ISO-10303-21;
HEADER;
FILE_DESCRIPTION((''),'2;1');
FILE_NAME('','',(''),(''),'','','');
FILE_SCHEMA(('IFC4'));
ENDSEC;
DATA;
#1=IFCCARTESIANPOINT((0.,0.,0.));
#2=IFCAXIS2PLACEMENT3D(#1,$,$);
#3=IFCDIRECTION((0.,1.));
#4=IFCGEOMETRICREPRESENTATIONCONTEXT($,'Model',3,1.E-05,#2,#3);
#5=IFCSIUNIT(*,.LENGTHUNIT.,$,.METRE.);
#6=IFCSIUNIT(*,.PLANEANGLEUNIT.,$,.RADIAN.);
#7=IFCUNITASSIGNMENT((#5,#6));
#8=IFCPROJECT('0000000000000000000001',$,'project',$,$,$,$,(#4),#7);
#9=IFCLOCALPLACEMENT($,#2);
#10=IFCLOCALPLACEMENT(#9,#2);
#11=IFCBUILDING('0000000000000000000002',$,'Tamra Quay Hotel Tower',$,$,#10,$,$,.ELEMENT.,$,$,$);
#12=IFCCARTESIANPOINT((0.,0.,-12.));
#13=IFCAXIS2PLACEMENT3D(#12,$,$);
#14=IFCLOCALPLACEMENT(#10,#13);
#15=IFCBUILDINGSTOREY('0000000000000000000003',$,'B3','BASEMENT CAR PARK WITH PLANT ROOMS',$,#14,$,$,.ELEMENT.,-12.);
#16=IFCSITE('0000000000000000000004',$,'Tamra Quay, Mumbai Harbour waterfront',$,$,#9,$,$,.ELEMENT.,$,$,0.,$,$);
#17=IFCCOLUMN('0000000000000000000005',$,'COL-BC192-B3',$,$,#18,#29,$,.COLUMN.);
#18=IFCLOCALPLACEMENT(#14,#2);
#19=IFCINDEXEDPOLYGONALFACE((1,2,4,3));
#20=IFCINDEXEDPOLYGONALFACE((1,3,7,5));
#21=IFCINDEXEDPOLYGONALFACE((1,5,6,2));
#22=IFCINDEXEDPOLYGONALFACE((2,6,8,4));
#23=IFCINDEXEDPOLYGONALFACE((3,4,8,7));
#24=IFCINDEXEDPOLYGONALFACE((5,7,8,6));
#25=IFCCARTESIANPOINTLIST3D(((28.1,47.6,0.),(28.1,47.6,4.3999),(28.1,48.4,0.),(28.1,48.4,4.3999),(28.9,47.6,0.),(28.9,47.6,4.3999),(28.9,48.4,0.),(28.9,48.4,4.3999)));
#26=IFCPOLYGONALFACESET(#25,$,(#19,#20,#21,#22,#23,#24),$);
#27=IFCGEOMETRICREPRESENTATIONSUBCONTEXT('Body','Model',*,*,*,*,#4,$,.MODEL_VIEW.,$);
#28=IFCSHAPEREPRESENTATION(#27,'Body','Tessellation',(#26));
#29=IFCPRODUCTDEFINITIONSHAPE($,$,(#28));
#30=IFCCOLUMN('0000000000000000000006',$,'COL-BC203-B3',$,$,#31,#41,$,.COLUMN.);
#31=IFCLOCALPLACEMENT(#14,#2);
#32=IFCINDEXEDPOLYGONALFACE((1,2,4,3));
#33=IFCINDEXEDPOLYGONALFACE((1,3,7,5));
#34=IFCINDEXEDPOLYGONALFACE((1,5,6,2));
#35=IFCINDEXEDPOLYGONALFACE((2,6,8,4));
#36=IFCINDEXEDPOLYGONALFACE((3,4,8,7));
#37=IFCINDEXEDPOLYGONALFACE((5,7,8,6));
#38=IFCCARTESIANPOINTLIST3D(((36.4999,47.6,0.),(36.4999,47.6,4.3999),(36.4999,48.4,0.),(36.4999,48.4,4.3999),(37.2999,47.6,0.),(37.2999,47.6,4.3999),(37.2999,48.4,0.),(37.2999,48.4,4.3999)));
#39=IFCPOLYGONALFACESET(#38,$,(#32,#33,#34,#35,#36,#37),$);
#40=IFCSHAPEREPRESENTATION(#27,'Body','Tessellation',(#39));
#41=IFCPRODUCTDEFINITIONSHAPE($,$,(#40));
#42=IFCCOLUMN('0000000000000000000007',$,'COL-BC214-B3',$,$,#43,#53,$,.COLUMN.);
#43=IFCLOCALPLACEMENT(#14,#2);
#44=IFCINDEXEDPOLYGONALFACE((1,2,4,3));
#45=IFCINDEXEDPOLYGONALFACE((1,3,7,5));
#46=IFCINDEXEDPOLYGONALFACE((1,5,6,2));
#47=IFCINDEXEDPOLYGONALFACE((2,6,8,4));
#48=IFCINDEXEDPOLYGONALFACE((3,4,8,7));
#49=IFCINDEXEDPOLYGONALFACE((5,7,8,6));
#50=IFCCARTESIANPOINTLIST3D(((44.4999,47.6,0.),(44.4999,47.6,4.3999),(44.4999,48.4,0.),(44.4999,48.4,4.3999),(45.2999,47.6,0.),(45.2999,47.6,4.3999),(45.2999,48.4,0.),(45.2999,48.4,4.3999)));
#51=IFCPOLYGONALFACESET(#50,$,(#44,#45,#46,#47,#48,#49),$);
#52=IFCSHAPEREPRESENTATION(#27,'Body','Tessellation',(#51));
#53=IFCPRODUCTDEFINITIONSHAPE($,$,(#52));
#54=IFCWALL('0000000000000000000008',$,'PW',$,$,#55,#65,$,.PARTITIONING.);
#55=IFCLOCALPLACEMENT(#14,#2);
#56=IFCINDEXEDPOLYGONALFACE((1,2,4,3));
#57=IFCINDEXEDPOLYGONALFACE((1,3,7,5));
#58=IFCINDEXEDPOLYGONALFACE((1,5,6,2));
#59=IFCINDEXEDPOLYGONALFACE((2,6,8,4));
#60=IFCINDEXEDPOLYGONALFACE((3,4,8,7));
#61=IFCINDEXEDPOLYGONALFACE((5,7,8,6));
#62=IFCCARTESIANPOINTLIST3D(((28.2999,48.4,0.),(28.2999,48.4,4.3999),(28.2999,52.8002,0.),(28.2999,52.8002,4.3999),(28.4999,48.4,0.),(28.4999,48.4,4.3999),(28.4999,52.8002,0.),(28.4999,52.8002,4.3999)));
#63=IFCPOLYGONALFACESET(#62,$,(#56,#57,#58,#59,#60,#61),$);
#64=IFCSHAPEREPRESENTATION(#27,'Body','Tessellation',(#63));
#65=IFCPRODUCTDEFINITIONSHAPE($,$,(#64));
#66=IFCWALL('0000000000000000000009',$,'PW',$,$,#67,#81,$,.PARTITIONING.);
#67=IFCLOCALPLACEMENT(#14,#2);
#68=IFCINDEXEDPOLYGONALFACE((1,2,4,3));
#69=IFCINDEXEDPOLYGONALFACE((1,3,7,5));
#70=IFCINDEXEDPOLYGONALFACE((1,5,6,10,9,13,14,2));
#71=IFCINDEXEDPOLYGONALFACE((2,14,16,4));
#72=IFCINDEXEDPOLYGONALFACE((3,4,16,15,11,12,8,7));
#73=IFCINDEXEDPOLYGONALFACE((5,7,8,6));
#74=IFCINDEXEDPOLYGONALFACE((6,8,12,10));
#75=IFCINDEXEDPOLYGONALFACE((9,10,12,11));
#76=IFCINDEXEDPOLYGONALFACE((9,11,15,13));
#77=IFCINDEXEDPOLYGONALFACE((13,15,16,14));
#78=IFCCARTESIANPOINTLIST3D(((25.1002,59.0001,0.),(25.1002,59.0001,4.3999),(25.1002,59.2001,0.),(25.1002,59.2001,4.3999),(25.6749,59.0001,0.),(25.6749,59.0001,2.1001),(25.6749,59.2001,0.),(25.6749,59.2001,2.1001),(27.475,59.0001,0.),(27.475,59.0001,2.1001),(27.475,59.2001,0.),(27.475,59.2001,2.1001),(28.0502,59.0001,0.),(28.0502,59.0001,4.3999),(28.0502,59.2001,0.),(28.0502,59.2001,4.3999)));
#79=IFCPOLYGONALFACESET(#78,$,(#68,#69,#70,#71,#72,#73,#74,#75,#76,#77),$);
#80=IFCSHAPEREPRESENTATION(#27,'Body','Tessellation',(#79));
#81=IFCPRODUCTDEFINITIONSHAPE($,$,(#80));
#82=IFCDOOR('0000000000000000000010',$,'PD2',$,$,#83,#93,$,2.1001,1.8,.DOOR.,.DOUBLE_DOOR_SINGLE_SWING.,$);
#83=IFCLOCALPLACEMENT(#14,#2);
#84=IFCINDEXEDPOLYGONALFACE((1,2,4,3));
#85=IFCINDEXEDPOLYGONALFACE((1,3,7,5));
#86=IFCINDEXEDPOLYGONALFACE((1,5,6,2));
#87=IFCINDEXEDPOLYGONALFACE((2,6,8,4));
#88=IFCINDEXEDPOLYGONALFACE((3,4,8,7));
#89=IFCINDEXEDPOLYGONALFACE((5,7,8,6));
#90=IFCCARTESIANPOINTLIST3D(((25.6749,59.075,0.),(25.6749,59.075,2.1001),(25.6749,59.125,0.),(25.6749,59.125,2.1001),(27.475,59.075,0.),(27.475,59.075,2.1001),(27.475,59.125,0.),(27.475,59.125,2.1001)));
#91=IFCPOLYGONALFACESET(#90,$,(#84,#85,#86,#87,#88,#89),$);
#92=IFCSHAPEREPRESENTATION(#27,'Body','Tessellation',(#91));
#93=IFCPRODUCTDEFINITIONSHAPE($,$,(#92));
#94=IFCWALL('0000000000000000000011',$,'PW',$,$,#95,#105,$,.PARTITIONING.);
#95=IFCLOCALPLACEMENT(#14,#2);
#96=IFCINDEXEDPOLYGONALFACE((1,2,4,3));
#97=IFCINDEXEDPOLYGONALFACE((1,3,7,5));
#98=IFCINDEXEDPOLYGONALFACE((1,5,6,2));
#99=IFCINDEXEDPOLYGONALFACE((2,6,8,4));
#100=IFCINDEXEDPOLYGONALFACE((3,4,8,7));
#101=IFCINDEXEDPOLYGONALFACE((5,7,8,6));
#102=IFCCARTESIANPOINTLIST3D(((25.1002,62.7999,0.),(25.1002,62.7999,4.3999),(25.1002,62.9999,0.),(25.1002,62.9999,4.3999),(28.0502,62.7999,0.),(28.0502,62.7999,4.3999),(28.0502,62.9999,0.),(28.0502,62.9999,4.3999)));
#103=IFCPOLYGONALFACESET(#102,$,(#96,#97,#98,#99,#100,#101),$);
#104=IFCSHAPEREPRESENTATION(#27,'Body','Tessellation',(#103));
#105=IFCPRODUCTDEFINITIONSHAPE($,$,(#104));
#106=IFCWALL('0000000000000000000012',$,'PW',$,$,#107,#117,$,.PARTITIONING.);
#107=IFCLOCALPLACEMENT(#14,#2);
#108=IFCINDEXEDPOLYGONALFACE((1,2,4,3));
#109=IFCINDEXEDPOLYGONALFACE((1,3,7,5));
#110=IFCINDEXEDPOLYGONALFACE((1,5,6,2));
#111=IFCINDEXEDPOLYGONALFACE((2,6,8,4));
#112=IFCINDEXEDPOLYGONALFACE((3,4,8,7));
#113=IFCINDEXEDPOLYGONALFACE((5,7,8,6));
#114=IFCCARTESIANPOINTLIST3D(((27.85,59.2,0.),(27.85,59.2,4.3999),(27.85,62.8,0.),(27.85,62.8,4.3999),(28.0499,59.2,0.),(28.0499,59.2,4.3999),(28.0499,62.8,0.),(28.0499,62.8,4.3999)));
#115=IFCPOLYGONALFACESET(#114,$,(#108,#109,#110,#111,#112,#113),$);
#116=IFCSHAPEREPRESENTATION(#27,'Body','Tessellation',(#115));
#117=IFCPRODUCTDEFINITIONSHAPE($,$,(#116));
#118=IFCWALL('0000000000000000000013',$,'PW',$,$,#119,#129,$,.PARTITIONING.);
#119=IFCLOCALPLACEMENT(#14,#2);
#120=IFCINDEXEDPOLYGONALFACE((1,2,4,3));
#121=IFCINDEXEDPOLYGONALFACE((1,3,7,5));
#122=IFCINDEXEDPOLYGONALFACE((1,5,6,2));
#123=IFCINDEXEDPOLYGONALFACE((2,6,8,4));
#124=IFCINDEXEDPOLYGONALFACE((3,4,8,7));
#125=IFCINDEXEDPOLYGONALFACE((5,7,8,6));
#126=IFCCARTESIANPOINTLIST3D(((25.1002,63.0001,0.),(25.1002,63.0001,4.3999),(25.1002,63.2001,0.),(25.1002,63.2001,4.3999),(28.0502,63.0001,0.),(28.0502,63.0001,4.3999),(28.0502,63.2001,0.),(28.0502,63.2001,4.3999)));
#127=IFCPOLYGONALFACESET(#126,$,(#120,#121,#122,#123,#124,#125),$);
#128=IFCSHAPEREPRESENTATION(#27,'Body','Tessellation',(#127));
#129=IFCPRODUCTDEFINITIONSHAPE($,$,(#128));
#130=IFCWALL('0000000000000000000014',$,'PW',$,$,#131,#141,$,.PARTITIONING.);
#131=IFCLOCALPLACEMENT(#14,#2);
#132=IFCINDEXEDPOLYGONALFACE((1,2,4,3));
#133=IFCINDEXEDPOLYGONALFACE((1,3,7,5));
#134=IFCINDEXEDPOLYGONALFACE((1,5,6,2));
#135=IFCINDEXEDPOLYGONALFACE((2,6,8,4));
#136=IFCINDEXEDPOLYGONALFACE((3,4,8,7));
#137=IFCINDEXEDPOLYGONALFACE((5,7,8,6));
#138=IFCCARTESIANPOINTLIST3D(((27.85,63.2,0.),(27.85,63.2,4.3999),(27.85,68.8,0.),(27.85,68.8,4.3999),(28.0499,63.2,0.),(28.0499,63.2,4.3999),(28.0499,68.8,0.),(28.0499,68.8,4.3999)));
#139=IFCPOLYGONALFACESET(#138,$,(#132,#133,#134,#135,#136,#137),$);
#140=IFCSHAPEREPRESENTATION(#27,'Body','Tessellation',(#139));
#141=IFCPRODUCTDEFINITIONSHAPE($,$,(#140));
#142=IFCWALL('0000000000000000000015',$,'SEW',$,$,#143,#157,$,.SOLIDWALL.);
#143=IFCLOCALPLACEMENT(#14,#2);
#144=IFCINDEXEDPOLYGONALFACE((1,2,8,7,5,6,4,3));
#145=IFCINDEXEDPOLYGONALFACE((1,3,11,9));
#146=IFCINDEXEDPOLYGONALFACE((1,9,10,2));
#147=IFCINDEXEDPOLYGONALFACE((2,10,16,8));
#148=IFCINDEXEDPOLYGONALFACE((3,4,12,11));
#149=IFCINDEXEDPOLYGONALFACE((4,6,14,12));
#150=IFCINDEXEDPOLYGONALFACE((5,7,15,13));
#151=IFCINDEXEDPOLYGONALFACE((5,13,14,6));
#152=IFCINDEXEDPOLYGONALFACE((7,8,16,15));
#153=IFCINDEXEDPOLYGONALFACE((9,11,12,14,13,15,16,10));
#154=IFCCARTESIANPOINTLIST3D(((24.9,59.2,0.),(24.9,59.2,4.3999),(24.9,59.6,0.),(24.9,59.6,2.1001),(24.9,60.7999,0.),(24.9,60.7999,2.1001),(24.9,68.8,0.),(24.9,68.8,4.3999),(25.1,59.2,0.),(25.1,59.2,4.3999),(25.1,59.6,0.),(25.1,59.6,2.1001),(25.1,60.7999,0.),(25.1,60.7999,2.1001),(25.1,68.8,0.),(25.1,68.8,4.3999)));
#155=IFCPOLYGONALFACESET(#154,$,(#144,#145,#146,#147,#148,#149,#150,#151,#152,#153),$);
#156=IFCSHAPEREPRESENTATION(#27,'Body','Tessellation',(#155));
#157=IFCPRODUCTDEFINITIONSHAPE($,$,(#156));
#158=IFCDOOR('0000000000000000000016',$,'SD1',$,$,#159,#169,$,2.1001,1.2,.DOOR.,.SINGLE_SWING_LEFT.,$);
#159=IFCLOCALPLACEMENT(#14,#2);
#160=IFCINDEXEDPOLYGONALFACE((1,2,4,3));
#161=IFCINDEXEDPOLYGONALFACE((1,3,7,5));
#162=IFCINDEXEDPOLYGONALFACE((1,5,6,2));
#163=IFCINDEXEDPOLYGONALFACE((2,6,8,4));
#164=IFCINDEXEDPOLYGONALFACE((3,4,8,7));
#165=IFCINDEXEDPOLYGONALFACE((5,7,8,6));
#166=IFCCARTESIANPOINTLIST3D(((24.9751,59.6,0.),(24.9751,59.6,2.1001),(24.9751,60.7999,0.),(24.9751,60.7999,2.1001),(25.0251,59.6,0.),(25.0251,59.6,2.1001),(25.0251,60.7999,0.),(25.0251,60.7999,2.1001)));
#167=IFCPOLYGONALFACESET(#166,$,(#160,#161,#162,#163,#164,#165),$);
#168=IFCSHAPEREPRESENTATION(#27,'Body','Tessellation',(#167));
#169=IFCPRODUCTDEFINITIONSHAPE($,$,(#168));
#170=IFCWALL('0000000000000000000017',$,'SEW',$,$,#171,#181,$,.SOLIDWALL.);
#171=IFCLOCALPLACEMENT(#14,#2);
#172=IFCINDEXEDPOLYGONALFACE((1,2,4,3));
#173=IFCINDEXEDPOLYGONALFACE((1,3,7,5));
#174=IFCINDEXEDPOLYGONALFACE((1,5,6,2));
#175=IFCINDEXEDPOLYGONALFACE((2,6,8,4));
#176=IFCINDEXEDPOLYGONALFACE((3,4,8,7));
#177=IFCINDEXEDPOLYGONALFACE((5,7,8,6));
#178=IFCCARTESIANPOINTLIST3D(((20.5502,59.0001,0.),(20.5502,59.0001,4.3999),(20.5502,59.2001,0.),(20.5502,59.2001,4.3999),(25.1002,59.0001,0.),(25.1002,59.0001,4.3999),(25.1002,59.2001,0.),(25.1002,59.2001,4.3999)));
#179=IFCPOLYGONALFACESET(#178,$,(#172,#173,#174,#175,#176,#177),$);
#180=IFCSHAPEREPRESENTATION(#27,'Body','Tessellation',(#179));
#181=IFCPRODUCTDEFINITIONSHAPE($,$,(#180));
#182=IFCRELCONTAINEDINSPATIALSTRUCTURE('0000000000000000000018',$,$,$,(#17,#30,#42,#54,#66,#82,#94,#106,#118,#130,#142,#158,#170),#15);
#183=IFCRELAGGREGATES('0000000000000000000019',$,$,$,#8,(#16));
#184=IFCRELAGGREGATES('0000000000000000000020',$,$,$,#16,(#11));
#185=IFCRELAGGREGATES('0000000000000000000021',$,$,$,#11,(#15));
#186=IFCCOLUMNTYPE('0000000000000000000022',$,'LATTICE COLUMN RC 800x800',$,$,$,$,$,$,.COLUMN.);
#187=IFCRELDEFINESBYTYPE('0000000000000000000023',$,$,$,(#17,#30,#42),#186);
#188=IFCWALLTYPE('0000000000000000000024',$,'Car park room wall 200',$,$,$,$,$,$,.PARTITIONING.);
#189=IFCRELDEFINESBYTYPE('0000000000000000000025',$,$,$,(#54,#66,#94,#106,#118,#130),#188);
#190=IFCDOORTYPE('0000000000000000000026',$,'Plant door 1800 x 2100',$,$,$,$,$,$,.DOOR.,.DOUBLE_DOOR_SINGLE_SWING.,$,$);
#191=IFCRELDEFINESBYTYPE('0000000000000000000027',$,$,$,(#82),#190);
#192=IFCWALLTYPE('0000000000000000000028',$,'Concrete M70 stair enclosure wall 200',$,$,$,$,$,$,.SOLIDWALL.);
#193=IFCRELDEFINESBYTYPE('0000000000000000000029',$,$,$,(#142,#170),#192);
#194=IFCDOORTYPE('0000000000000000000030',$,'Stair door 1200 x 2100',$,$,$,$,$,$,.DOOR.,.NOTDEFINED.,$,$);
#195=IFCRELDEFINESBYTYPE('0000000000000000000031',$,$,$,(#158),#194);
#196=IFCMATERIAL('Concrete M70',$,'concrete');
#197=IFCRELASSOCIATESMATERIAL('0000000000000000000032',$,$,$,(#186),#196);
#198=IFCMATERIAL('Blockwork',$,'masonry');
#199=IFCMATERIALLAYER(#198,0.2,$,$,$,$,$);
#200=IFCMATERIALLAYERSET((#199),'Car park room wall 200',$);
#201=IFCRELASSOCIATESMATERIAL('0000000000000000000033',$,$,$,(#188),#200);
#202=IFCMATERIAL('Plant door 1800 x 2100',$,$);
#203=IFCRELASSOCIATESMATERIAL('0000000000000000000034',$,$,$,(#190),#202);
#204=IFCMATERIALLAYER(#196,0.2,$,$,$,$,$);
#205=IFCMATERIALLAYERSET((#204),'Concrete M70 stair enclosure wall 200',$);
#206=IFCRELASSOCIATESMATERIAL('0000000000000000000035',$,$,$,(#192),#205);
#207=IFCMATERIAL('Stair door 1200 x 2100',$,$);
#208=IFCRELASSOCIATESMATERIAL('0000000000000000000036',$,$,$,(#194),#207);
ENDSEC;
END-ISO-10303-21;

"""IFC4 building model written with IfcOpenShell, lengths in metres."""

from ifc_helpers import new_model, si_unit, direction, frame, frame_2d, origin, origin_2d, place, context, subcontext, project, spatial, rectangle, extrude, material, layer, layer_set, material_profile, profile_set, type_object, element, fill, save


model = new_model("IFC4")

# Units and contexts
model_context = context("Model", 3, precision=1e-05, world=origin(), true_north=direction((0.0, 1.0)))
body_context = subcontext(model_context, "Body", "Model", "MODEL_VIEW")
ifc_project = project(units=[si_unit("LENGTHUNIT", "METRE"), si_unit("PLANEANGLEUNIT", "RADIAN")], contexts=[model_context])

# Site, building, storey
site_placement = place(None, origin())
site = spatial("IfcSite", under=ifc_project, at=site_placement, Name="Tamra Quay, Mumbai Harbour waterfront", CompositionType="ELEMENT", RefElevation=0.0)
building_placement = place(site_placement, origin())
building = spatial("IfcBuilding", under=site, at=building_placement, Name="Tamra Quay Hotel Tower", CompositionType="ELEMENT")
storey_placement = place(building_placement, frame((0.0, 0.0, -12.0)))
storey = spatial("IfcBuildingStorey", under=building, at=storey_placement, Name="B3", Description="BASEMENT CAR PARK WITH PLANT ROOMS", CompositionType="ELEMENT", Elevation=-12.0)

# Columns
ifc_material_1 = material(Name="Concrete M70", Category="concrete")
ifc_material_profile_1 = material_profile(ifc_material_1, rectangle(XDim=0.8, YDim=0.8, at=origin_2d()), Name="LATTICE COLUMN RC 800x800")
ifc_profile_set_1 = profile_set([ifc_material_profile_1], Name="Concrete M70")
column_type = type_object("IfcColumnType", Name="LATTICE COLUMN RC 800x800", PredefinedType="COLUMN", material=ifc_profile_set_1)
for number, where, z_axis, x_axis, name in (
    (1, (28.5, 48.0, 0.0), (0.0, 0.0, 1.0), (1.0, 0.0, 0.0), "COL-BC192-B3"),
    (2, (36.8999, 48.0, 0.0), (0.0, 0.0, 1.0), (1.0, 0.0, 0.0), "COL-BC203-B3"),
    (3, (44.8999, 48.0, 0.0), (0.0, 0.0, 1.0), (1.0, 0.0, 0.0), "COL-BC214-B3"),
):
    element("IfcColumn", number, at=place(storey_placement, frame(where, z_axis=z_axis, x_axis=x_axis)), inside=storey, type_object=column_type, Name=name, PredefinedType="COLUMN", context=body_context, shape_type="SweptSolid", body=[
        extrude(rectangle(XDim=0.8, YDim=0.8, at=origin_2d()), origin(), (0.0, 0.0, 1.0), 4.3999),
    ])

# Wall
ifc_material_2 = material(Name="Blockwork", Category="masonry")
ifc_layer_1 = layer(ifc_material_2, 0.2)
ifc_layer_set_1 = layer_set([ifc_layer_1], Name="Car park room wall 200")
wall_type_1 = type_object("IfcWallType", Name="Car park room wall 200", PredefinedType="PARTITIONING", material=ifc_layer_set_1)
wall_1_placement = place(storey_placement, frame((28.3999, 48.3999, 0.0), z_axis=(0.0, 0.0, 1.0), x_axis=(0.0, 1.0, 0.0)))
element("IfcWall", 4, at=wall_1_placement, inside=storey, type_object=wall_type_1, Name="PW", PredefinedType="PARTITIONING", context=body_context, shape_type="SweptSolid", body=[
    extrude(rectangle(XDim=4.4001, YDim=0.2, at=frame_2d((2.2002, 0.0))), origin(), (0.0, 0.0, 1.0), 4.3999),
])

# Wall, opening, door
wall_2_placement = place(storey_placement, frame((25.1001, 59.1001, 0.0), z_axis=(0.0, 0.0, 1.0), x_axis=(1.0, 0.0, 0.0)))
wall_2 = element("IfcWall", 5, at=wall_2_placement, inside=storey, type_object=wall_type_1, Name="PW", PredefinedType="PARTITIONING", context=body_context, shape_type="SweptSolid", body=[
    extrude(rectangle(XDim=2.95, YDim=0.2, at=frame_2d((1.4751, 0.0))), origin(), (0.0, 0.0, 1.0), 4.3999),
])
opening_1_placement = place(wall_2_placement, frame((0.575, 0.0, 0.0)))
opening_1 = element("IfcOpeningElement", 6, at=opening_1_placement, cuts=wall_2, PredefinedType="OPENING", context=body_context, shape_type="SweptSolid", body=[
    extrude(rectangle(XDim=1.8, YDim=2.1001, at=frame_2d((0.8999, 1.05))), frame((0.0, 0.1099, 0.0), z_axis=(0.0, -1.0, 0.0), x_axis=(1.0, 0.0, 0.0)), (0.0, 0.0, 1.0), 0.22),
])
ifc_material_3 = material(Name="Plant door 1800 x 2100")
door_type_1 = type_object("IfcDoorType", Name="Plant door 1800 x 2100", OperationType="DOUBLE_DOOR_SINGLE_SWING", PredefinedType="DOOR", material=ifc_material_3)
door_1_placement = place(opening_1_placement, origin())
door_1 = element("IfcDoor", 7, at=door_1_placement, inside=storey, type_object=door_type_1, Name="PD2", OperationType="DOUBLE_DOOR_SINGLE_SWING", OverallHeight=2.1001, OverallWidth=1.8, PredefinedType="DOOR", context=body_context, shape_type="SweptSolid", body=[
    extrude(rectangle(XDim=1.8, YDim=2.1001, at=frame_2d((0.8999, 1.05))), frame((0.0, 0.0249, 0.0), z_axis=(0.0, -1.0, 0.0), x_axis=(1.0, 0.0, 0.0)), (0.0, 0.0, 1.0), 0.05),
])
fill(opening_1, door_1)

# Walls
wall_3_placement = place(storey_placement, frame((25.1001, 62.8999, 0.0), z_axis=(0.0, 0.0, 1.0), x_axis=(1.0, 0.0, 0.0)))
element("IfcWall", 8, at=wall_3_placement, inside=storey, type_object=wall_type_1, Name="PW", PredefinedType="PARTITIONING", context=body_context, shape_type="SweptSolid", body=[
    extrude(rectangle(XDim=2.95, YDim=0.2, at=frame_2d((1.4751, 0.0))), origin(), (0.0, 0.0, 1.0), 4.3999),
])
wall_4_placement = place(storey_placement, frame((27.95, 59.2, 0.0), z_axis=(0.0, 0.0, 1.0), x_axis=(0.0, 1.0, 0.0)))
element("IfcWall", 9, at=wall_4_placement, inside=storey, type_object=wall_type_1, Name="PW", PredefinedType="PARTITIONING", context=body_context, shape_type="SweptSolid", body=[
    extrude(rectangle(XDim=3.6001, YDim=0.2, at=frame_2d((1.8, 0.0))), origin(), (0.0, 0.0, 1.0), 4.3999),
])
wall_5_placement = place(storey_placement, frame((25.1001, 63.1001, 0.0), z_axis=(0.0, 0.0, 1.0), x_axis=(1.0, 0.0, 0.0)))
element("IfcWall", 10, at=wall_5_placement, inside=storey, type_object=wall_type_1, Name="PW", PredefinedType="PARTITIONING", context=body_context, shape_type="SweptSolid", body=[
    extrude(rectangle(XDim=2.95, YDim=0.2, at=frame_2d((1.4751, 0.0))), origin(), (0.0, 0.0, 1.0), 4.3999),
])
wall_6_placement = place(storey_placement, frame((27.95, 63.2, 0.0), z_axis=(0.0, 0.0, 1.0), x_axis=(0.0, 1.0, 0.0)))
element("IfcWall", 11, at=wall_6_placement, inside=storey, type_object=wall_type_1, Name="PW", PredefinedType="PARTITIONING", context=body_context, shape_type="SweptSolid", body=[
    extrude(rectangle(XDim=5.6001, YDim=0.2, at=frame_2d((2.8, 0.0))), origin(), (0.0, 0.0, 1.0), 4.3999),
])

# Wall, opening, door
ifc_layer_2 = layer(ifc_material_1, 0.2)
ifc_layer_set_2 = layer_set([ifc_layer_2], Name="Concrete M70 stair enclosure wall 200")
wall_type_2 = type_object("IfcWallType", Name="Concrete M70 stair enclosure wall 200", PredefinedType="SOLIDWALL", material=ifc_layer_set_2)
wall_7_placement = place(storey_placement, frame((25.0, 59.2, 0.0), z_axis=(0.0, 0.0, 1.0), x_axis=(0.0, 1.0, 0.0)))
wall_7 = element("IfcWall", 12, at=wall_7_placement, inside=storey, type_object=wall_type_2, Name="SEW", PredefinedType="SOLIDWALL", context=body_context, shape_type="SweptSolid", body=[
    extrude(rectangle(XDim=9.6001, YDim=0.2, at=frame_2d((4.8, 0.0))), origin(), (0.0, 0.0, 1.0), 4.3999),
])
opening_2_placement = place(wall_7_placement, frame((0.3999, 0.0, 0.0)))
opening_2 = element("IfcOpeningElement", 13, at=opening_2_placement, cuts=wall_7, PredefinedType="OPENING", context=body_context, shape_type="SweptSolid", body=[
    extrude(rectangle(XDim=1.2, YDim=2.1001, at=frame_2d((0.6001, 1.05))), frame((0.0, 0.1099, 0.0), z_axis=(0.0, -1.0, 0.0), x_axis=(1.0, 0.0, 0.0)), (0.0, 0.0, 1.0), 0.22),
])
ifc_material_4 = material(Name="Stair door 1200 x 2100")
door_type_2 = type_object("IfcDoorType", Name="Stair door 1200 x 2100", OperationType="NOTDEFINED", PredefinedType="DOOR", material=ifc_material_4)
door_2_placement = place(opening_2_placement, origin())
door_2 = element("IfcDoor", 14, at=door_2_placement, inside=storey, type_object=door_type_2, Name="SD1", OperationType="SINGLE_SWING_LEFT", OverallHeight=2.1001, OverallWidth=1.2, PredefinedType="DOOR", context=body_context, shape_type="SweptSolid", body=[
    extrude(rectangle(XDim=1.2, YDim=2.1001, at=frame_2d((0.6001, 1.05))), frame((0.0, 0.0249, 0.0), z_axis=(0.0, -1.0, 0.0), x_axis=(1.0, 0.0, 0.0)), (0.0, 0.0, 1.0), 0.05),
])
fill(opening_2, door_2)

# Wall
wall_8_placement = place(storey_placement, frame((25.1001, 59.1001, 0.0), z_axis=(0.0, 0.0, 1.0), x_axis=(-1.0, 0.0, 0.0)))
element("IfcWall", 15, at=wall_8_placement, inside=storey, type_object=wall_type_2, Name="SEW", PredefinedType="SOLIDWALL", context=body_context, shape_type="SweptSolid", body=[
    extrude(rectangle(XDim=4.55, YDim=0.2, at=frame_2d((2.2749, 0.0))), origin(), (0.0, 0.0, 1.0), 4.3999),
])

save(model, "model.ifc")
